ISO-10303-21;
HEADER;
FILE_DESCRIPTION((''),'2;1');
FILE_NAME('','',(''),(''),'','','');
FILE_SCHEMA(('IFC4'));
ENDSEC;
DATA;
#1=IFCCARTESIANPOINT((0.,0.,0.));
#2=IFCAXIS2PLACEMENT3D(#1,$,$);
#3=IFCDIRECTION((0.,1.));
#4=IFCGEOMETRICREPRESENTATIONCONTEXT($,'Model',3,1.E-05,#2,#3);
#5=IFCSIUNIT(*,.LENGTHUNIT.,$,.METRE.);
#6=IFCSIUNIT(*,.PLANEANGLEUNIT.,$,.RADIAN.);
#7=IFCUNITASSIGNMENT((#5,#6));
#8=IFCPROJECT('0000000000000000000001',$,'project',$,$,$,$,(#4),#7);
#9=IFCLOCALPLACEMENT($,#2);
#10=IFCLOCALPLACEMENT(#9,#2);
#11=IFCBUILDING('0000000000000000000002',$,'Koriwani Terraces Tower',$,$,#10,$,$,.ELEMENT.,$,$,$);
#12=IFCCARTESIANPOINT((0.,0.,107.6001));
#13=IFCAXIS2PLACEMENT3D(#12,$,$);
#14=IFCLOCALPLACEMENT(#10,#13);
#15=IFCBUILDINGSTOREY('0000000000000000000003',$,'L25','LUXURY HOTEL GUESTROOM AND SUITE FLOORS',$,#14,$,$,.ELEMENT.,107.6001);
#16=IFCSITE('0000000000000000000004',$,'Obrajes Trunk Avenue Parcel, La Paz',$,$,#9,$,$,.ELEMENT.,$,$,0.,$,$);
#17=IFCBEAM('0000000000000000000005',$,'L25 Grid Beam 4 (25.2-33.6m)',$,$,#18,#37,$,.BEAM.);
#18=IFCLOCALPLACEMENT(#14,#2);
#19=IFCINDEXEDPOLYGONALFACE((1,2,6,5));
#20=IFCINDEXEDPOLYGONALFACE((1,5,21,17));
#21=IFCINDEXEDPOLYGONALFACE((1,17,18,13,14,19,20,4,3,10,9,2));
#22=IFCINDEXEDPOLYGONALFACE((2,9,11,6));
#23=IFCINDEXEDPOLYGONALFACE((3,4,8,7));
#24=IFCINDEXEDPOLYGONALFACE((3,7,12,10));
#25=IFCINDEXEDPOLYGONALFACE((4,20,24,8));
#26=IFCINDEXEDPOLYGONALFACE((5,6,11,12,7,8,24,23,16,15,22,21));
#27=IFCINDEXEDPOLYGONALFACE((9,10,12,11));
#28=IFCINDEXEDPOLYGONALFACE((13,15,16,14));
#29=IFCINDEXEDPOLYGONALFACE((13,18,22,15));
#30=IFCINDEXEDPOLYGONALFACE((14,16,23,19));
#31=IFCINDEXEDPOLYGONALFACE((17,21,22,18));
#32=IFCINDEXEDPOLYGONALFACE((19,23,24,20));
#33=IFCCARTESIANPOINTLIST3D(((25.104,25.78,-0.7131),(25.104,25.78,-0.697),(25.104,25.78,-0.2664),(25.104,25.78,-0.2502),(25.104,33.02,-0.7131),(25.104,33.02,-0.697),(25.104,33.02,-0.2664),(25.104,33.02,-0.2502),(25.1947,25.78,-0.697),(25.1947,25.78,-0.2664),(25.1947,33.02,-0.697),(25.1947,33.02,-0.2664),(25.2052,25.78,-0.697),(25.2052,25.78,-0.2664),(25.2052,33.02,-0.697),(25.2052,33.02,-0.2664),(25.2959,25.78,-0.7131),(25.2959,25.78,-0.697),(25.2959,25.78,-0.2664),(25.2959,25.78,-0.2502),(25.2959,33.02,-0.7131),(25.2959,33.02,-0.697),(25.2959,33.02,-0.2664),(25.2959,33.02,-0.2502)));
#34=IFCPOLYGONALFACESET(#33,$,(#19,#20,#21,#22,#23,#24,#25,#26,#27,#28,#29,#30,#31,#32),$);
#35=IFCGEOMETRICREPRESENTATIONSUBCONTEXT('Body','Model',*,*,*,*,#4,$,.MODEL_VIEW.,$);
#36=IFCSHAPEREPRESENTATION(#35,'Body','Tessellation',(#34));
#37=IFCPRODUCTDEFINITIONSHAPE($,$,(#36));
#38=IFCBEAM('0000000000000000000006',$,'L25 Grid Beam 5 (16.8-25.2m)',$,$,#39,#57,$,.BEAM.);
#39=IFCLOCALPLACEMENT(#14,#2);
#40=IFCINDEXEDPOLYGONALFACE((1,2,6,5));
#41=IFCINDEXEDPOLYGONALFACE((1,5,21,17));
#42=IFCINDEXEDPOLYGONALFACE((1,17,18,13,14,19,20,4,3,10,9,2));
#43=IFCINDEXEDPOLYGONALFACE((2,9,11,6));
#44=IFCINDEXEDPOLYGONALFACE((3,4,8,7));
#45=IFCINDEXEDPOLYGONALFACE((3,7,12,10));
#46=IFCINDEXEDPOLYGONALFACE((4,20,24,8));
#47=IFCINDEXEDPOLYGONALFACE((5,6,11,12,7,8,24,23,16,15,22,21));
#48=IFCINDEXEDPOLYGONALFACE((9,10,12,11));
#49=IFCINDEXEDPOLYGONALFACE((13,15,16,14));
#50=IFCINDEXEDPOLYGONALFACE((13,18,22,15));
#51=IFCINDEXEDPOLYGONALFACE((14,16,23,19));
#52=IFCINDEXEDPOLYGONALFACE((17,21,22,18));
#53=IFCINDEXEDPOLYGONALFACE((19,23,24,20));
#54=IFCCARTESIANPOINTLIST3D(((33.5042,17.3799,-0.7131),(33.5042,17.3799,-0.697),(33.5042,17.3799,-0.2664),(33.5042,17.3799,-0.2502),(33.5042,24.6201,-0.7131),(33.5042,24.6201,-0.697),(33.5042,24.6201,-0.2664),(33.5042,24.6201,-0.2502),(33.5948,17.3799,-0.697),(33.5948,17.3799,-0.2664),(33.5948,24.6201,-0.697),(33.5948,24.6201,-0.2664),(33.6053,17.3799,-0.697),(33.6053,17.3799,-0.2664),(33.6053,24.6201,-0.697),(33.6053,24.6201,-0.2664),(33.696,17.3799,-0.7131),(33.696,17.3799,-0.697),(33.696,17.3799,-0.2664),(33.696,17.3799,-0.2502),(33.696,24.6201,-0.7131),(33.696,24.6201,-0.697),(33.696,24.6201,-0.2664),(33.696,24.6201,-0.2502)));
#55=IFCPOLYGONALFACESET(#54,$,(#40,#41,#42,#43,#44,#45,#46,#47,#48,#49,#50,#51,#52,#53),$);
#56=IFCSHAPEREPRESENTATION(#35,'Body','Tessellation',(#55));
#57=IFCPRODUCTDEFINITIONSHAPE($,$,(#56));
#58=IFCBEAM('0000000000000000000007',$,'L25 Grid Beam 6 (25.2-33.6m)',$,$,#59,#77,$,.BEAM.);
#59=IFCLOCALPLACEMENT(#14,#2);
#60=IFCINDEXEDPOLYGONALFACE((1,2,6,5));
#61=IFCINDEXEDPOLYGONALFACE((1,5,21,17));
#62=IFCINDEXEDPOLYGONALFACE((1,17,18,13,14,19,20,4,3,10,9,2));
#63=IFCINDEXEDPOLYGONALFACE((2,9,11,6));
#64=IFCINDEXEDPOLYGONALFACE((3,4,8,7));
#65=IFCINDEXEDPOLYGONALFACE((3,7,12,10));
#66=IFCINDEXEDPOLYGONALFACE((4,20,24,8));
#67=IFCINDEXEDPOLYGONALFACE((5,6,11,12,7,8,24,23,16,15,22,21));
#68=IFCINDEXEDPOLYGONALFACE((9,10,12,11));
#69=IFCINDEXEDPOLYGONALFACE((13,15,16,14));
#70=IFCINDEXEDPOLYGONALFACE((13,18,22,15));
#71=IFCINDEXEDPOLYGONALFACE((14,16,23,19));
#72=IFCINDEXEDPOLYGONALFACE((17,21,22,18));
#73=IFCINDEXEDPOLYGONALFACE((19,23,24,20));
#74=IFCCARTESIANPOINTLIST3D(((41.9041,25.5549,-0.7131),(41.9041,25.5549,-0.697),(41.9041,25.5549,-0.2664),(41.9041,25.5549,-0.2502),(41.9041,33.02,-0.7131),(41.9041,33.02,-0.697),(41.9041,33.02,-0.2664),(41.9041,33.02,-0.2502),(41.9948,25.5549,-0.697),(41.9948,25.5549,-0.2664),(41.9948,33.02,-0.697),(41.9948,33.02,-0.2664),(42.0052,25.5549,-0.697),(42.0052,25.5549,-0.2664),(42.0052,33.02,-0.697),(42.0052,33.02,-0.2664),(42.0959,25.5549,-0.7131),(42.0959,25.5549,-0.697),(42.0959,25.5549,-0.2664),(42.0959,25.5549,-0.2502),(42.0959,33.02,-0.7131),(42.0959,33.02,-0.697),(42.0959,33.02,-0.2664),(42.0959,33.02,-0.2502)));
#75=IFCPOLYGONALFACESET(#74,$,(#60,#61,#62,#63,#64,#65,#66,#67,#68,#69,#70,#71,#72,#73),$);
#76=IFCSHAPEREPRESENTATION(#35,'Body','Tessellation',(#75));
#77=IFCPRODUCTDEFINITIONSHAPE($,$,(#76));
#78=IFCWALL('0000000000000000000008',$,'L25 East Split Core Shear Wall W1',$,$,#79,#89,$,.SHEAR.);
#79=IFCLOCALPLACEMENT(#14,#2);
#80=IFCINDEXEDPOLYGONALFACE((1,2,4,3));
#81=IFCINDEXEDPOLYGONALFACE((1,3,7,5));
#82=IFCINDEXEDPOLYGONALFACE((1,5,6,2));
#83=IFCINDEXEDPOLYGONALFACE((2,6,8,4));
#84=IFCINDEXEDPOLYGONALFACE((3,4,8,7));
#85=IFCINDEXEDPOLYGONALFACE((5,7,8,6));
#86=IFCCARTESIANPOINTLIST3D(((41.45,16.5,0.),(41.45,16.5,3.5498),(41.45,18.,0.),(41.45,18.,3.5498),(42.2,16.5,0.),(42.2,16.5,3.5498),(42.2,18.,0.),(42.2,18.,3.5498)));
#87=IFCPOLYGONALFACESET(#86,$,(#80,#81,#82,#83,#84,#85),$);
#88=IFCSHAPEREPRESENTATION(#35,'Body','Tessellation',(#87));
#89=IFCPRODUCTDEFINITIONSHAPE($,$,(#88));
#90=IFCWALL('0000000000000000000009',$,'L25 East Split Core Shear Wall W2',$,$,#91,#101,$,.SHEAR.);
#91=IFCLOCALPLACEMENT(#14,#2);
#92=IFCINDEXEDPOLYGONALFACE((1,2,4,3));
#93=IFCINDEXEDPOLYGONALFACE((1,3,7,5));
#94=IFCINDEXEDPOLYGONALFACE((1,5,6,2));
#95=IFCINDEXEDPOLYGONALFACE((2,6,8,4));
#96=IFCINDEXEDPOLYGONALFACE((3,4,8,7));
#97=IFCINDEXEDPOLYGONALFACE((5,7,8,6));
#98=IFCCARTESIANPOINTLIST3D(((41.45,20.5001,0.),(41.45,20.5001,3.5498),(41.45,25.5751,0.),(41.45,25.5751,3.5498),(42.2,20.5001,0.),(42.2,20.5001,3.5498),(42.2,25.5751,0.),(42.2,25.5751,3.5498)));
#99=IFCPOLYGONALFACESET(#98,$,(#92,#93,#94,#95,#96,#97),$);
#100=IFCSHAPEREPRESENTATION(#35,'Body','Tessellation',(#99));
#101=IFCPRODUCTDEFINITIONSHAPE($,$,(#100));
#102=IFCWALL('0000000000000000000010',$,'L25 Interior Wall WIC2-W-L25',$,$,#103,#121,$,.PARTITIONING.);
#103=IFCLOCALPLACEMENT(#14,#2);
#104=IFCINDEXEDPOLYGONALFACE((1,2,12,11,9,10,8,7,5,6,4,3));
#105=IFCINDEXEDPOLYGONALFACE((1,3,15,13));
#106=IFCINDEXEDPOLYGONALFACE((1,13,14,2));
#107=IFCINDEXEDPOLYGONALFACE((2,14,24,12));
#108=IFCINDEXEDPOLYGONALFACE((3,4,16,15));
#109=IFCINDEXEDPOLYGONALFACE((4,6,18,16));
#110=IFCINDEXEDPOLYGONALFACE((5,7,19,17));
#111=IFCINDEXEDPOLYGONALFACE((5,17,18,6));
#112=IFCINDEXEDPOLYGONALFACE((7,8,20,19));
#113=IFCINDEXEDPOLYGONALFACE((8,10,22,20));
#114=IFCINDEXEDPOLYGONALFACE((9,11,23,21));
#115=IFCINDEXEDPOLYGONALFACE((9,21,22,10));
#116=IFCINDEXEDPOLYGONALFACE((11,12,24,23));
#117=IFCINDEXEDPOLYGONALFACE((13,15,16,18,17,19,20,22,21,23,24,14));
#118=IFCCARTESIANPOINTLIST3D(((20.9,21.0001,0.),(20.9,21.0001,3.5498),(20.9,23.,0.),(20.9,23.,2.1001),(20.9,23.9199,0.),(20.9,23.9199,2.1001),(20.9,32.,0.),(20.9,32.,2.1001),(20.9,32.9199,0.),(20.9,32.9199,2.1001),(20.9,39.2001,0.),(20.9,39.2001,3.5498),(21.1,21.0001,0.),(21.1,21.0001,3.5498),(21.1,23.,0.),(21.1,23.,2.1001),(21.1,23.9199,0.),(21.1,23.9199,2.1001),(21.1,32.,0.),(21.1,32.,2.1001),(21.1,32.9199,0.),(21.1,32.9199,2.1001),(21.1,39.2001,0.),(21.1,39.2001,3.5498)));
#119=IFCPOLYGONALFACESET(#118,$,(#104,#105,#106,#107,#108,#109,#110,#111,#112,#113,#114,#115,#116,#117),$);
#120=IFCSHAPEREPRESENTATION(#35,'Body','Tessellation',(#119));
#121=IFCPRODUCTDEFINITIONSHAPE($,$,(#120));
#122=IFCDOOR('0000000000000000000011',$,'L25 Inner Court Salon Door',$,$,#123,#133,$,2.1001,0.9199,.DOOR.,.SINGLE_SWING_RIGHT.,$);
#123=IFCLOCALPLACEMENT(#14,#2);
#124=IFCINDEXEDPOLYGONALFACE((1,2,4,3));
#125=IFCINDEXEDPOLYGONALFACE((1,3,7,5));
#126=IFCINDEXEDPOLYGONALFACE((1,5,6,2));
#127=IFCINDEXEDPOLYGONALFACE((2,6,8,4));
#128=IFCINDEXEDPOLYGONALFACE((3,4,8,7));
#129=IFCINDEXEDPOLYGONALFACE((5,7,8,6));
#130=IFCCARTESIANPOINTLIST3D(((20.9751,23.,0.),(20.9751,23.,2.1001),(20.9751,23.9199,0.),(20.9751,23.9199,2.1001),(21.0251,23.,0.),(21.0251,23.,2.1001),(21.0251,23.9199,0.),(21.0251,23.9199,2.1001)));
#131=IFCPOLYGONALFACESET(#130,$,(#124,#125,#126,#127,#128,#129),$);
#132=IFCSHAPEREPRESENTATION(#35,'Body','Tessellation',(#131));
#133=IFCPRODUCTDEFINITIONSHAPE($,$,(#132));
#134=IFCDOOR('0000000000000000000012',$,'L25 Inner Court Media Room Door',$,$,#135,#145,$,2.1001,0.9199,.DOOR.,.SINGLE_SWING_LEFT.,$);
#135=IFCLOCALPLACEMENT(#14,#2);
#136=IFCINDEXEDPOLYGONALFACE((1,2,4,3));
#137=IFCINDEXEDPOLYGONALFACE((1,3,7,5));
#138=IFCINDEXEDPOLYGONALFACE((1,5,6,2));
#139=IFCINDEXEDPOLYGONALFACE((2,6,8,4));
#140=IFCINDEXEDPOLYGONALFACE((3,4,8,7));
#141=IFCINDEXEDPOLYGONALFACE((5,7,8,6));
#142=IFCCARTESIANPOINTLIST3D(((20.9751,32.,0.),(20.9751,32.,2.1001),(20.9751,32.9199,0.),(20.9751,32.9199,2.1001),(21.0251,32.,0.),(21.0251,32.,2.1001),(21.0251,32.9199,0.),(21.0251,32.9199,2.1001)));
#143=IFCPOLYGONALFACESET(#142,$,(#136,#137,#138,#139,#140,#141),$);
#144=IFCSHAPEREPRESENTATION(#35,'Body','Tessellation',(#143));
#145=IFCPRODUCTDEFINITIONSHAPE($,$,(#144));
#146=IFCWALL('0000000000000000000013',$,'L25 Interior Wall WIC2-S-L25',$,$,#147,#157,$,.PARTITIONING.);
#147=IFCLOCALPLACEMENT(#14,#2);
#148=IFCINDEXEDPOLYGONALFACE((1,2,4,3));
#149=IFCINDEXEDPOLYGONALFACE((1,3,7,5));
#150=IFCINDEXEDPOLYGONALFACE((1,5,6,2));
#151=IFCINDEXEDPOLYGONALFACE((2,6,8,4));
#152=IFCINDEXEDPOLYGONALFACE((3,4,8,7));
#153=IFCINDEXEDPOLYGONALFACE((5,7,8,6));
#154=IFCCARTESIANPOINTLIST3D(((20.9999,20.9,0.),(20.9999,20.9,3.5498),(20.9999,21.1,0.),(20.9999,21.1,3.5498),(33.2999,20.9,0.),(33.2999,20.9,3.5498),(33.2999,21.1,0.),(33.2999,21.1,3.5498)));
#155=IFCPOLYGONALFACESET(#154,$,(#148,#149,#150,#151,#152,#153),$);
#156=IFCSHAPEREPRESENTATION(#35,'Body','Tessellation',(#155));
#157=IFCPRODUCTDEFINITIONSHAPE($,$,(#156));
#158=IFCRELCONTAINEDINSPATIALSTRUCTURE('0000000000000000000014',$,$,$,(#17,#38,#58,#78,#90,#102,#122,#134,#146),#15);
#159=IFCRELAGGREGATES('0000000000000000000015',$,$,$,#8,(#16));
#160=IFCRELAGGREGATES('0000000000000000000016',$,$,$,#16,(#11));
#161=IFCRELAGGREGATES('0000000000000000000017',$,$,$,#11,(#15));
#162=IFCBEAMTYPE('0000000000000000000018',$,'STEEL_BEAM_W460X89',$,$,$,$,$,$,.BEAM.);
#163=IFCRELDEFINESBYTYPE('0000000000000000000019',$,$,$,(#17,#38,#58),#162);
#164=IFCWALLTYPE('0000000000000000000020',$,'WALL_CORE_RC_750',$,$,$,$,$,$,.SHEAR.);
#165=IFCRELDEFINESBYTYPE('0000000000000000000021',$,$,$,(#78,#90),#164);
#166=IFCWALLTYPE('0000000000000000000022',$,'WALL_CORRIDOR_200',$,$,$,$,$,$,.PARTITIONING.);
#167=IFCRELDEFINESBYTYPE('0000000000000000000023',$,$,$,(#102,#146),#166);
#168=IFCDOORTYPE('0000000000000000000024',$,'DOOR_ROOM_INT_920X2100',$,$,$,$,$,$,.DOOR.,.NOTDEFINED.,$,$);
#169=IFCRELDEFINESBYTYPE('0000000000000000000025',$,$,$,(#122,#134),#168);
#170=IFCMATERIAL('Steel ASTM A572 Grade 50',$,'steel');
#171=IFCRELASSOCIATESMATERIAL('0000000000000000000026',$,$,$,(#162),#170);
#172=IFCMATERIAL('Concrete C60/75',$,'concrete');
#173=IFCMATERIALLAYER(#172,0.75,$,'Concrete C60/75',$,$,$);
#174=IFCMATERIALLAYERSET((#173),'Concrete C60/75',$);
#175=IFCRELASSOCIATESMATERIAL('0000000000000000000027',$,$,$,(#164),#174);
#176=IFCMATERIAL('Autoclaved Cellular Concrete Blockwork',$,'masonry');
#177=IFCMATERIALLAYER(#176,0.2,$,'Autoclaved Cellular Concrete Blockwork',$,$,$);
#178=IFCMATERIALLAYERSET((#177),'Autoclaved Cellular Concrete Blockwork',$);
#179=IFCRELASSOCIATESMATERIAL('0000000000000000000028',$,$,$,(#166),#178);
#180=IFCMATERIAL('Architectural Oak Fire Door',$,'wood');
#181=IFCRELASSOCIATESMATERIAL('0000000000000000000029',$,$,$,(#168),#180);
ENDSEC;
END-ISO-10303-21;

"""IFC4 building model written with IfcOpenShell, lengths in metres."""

from ifc_helpers import new_model, si_unit, direction, frame, frame_2d, origin, origin_2d, place, context, subcontext, project, spatial, rectangle, i_section, extrude, material, layer, layer_set, material_profile, profile_set, type_object, element, fill, save


model = new_model("IFC4")

# Units and contexts
model_context = context("Model", 3, precision=1e-05, world=origin(), true_north=direction((0.0, 1.0)))
body_context = subcontext(model_context, "Body", "Model", "MODEL_VIEW")
ifc_project = project(units=[si_unit("LENGTHUNIT", "METRE"), si_unit("PLANEANGLEUNIT", "RADIAN")], contexts=[model_context])

# Site, building, storey
site_placement = place(None, origin())
site = spatial("IfcSite", under=ifc_project, at=site_placement, Name="Obrajes Trunk Avenue Parcel, La Paz", CompositionType="ELEMENT", RefElevation=0.0)
building_placement = place(site_placement, origin())
building = spatial("IfcBuilding", under=site, at=building_placement, Name="Koriwani Terraces Tower", CompositionType="ELEMENT")
storey_placement = place(building_placement, frame((0.0, 0.0, 107.6001)))
storey = spatial("IfcBuildingStorey", under=building, at=storey_placement, Name="L25", Description="LUXURY HOTEL GUESTROOM AND SUITE FLOORS", CompositionType="ELEMENT", Elevation=107.6001)

# Shared definitions
ifc_material_1 = material(Name="Concrete C60/75", Category="concrete")

# Beams
ifc_material_2 = material(Name="Steel ASTM A572 Grade 50", Category="steel")
ifc_material_profile_1 = material_profile(ifc_material_2, i_section(OverallWidth=0.1919, OverallDepth=0.4629, WebThickness=0.0105, FlangeThickness=0.0161, at=origin_2d()), Name="Steel ASTM A572 Grade 50", Category="LoadBearing")
ifc_profile_set_1 = profile_set([ifc_material_profile_1], Name="Steel ASTM A572 Grade 50")
beam_type_1 = type_object("IfcBeamType", Name="STEEL_BEAM_W460X89", PredefinedType="BEAM", material=ifc_profile_set_1)
beam_1_placement = place(storey_placement, frame((25.2, 25.78, -0.4817), z_axis=(0.0, 1.0, 0.0), x_axis=(-1.0, 0.0, 0.0)))
element("IfcBeam", 1, at=beam_1_placement, inside=storey, type_object=beam_type_1, Name="L25 Grid Beam 4 (25.2-33.6m)", PredefinedType="BEAM", context=body_context, shape_type="SweptSolid", body=[
    extrude(i_section(OverallWidth=0.1919, OverallDepth=0.4629, WebThickness=0.0105, FlangeThickness=0.0161, at=origin_2d()), origin(), (0.0, 0.0, 1.0), 7.24),
])
beam_2_placement = place(storey_placement, frame((33.6001, 17.3799, -0.4817), z_axis=(0.0, 1.0, 0.0), x_axis=(-1.0, 0.0, 0.0)))
element("IfcBeam", 2, at=beam_2_placement, inside=storey, type_object=beam_type_1, Name="L25 Grid Beam 5 (16.8-25.2m)", PredefinedType="BEAM", context=body_context, shape_type="SweptSolid", body=[
    extrude(i_section(OverallWidth=0.1919, OverallDepth=0.4629, WebThickness=0.0105, FlangeThickness=0.0161, at=origin_2d()), origin(), (0.0, 0.0, 1.0), 7.2402),
])
beam_3_placement = place(storey_placement, frame((42.0, 25.5549, -0.4817), z_axis=(0.0, 1.0, 0.0), x_axis=(-1.0, 0.0, 0.0)))
element("IfcBeam", 3, at=beam_3_placement, inside=storey, type_object=beam_type_1, Name="L25 Grid Beam 6 (25.2-33.6m)", PredefinedType="BEAM", context=body_context, shape_type="SweptSolid", body=[
    extrude(i_section(OverallWidth=0.1919, OverallDepth=0.4629, WebThickness=0.0105, FlangeThickness=0.0161, at=origin_2d()), origin(), (0.0, 0.0, 1.0), 7.4651),
])

# Walls
ifc_layer_1 = layer(ifc_material_1, 0.75, Name="Concrete C60/75")
ifc_layer_set_1 = layer_set([ifc_layer_1], Name="Concrete C60/75")
wall_type_1 = type_object("IfcWallType", Name="WALL_CORE_RC_750", PredefinedType="SHEAR", material=ifc_layer_set_1)
wall_1_placement = place(storey_placement, frame((41.825, 16.5, 0.0), z_axis=(0.0, 0.0, 1.0), x_axis=(0.0, 1.0, 0.0)))
element("IfcWall", 4, at=wall_1_placement, inside=storey, type_object=wall_type_1, Name="L25 East Split Core Shear Wall W1", PredefinedType="SHEAR", context=body_context, shape_type="SweptSolid", body=[
    extrude(rectangle(XDim=1.5, YDim=0.75, at=frame_2d((0.75, 0.0))), origin(), (0.0, 0.0, 1.0), 3.5498),
])
wall_2_placement = place(storey_placement, frame((41.825, 20.5, 0.0), z_axis=(0.0, 0.0, 1.0), x_axis=(0.0, 1.0, 0.0)))
element("IfcWall", 5, at=wall_2_placement, inside=storey, type_object=wall_type_1, Name="L25 East Split Core Shear Wall W2", PredefinedType="SHEAR", context=body_context, shape_type="SweptSolid", body=[
    extrude(rectangle(XDim=5.075, YDim=0.75, at=frame_2d((2.5376, 0.0))), origin(), (0.0, 0.0, 1.0), 3.5498),
])

# Wall, openings, doors
ifc_material_3 = material(Name="Autoclaved Cellular Concrete Blockwork", Category="masonry")
ifc_layer_2 = layer(ifc_material_3, 0.2, Name="Autoclaved Cellular Concrete Blockwork")
ifc_layer_set_2 = layer_set([ifc_layer_2], Name="Autoclaved Cellular Concrete Blockwork")
wall_type_2 = type_object("IfcWallType", Name="WALL_CORRIDOR_200", PredefinedType="PARTITIONING", material=ifc_layer_set_2)
wall_3_placement = place(storey_placement, frame((21.0, 21.0, 0.0), z_axis=(0.0, 0.0, 1.0), x_axis=(0.0, 1.0, 0.0)))
wall_3 = element("IfcWall", 6, at=wall_3_placement, inside=storey, type_object=wall_type_2, Name="L25 Interior Wall WIC2-W-L25", PredefinedType="PARTITIONING", context=body_context, shape_type="SweptSolid", body=[
    extrude(rectangle(XDim=18.2, YDim=0.2, at=frame_2d((9.1001, 0.0))), origin(), (0.0, 0.0, 1.0), 3.5498),
])
opening_1_placement = place(wall_3_placement, frame((2.0, 0.0, 0.0)))
opening_1 = element("IfcOpeningElement", 7, at=opening_1_placement, cuts=wall_3, PredefinedType="OPENING", context=body_context, shape_type="SweptSolid", body=[
    extrude(rectangle(XDim=0.9199, YDim=2.1001, at=frame_2d((0.46, 1.05))), frame((0.0, 0.1099, 0.0), z_axis=(0.0, -1.0, 0.0), x_axis=(1.0, 0.0, 0.0)), (0.0, 0.0, 1.0), 0.22),
])
opening_2_placement = place(wall_3_placement, frame((11.0, 0.0, 0.0)))
opening_2 = element("IfcOpeningElement", 8, at=opening_2_placement, cuts=wall_3, PredefinedType="OPENING", context=body_context, shape_type="SweptSolid", body=[
    extrude(rectangle(XDim=0.9199, YDim=2.1001, at=frame_2d((0.46, 1.05))), frame((0.0, 0.1099, 0.0), z_axis=(0.0, -1.0, 0.0), x_axis=(1.0, 0.0, 0.0)), (0.0, 0.0, 1.0), 0.22),
])
ifc_material_4 = material(Name="Architectural Oak Fire Door", Category="wood")
door_type_1 = type_object("IfcDoorType", Name="DOOR_ROOM_INT_920X2100", OperationType="NOTDEFINED", PredefinedType="DOOR", material=ifc_material_4)
door_1_placement = place(opening_1_placement, origin())
door_1 = element("IfcDoor", 9, at=door_1_placement, inside=storey, type_object=door_type_1, Name="L25 Inner Court Salon Door", OperationType="SINGLE_SWING_RIGHT", OverallHeight=2.1001, OverallWidth=0.9199, PredefinedType="DOOR", context=body_context, shape_type="SweptSolid", body=[
    extrude(rectangle(XDim=0.9199, YDim=2.1001, at=frame_2d((0.46, 1.05))), frame((0.0, 0.0249, 0.0), z_axis=(0.0, -1.0, 0.0), x_axis=(1.0, 0.0, 0.0)), (0.0, 0.0, 1.0), 0.05),
])
fill(opening_1, door_1)
door_2_placement = place(opening_2_placement, origin())
door_2 = element("IfcDoor", 10, at=door_2_placement, inside=storey, type_object=door_type_1, Name="L25 Inner Court Media Room Door", OperationType="SINGLE_SWING_LEFT", OverallHeight=2.1001, OverallWidth=0.9199, PredefinedType="DOOR", context=body_context, shape_type="SweptSolid", body=[
    extrude(rectangle(XDim=0.9199, YDim=2.1001, at=frame_2d((0.46, 1.05))), frame((0.0, 0.0249, 0.0), z_axis=(0.0, -1.0, 0.0), x_axis=(1.0, 0.0, 0.0)), (0.0, 0.0, 1.0), 0.05),
])
fill(opening_2, door_2)

# Wall
wall_4_placement = place(storey_placement, frame((21.0, 21.0, 0.0), z_axis=(0.0, 0.0, 1.0), x_axis=(1.0, 0.0, 0.0)))
element("IfcWall", 11, at=wall_4_placement, inside=storey, type_object=wall_type_2, Name="L25 Interior Wall WIC2-S-L25", PredefinedType="PARTITIONING", context=body_context, shape_type="SweptSolid", body=[
    extrude(rectangle(XDim=12.3, YDim=0.2, at=frame_2d((6.1499, 0.0))), origin(), (0.0, 0.0, 1.0), 3.5498),
])

save(model, "model.ifc")
